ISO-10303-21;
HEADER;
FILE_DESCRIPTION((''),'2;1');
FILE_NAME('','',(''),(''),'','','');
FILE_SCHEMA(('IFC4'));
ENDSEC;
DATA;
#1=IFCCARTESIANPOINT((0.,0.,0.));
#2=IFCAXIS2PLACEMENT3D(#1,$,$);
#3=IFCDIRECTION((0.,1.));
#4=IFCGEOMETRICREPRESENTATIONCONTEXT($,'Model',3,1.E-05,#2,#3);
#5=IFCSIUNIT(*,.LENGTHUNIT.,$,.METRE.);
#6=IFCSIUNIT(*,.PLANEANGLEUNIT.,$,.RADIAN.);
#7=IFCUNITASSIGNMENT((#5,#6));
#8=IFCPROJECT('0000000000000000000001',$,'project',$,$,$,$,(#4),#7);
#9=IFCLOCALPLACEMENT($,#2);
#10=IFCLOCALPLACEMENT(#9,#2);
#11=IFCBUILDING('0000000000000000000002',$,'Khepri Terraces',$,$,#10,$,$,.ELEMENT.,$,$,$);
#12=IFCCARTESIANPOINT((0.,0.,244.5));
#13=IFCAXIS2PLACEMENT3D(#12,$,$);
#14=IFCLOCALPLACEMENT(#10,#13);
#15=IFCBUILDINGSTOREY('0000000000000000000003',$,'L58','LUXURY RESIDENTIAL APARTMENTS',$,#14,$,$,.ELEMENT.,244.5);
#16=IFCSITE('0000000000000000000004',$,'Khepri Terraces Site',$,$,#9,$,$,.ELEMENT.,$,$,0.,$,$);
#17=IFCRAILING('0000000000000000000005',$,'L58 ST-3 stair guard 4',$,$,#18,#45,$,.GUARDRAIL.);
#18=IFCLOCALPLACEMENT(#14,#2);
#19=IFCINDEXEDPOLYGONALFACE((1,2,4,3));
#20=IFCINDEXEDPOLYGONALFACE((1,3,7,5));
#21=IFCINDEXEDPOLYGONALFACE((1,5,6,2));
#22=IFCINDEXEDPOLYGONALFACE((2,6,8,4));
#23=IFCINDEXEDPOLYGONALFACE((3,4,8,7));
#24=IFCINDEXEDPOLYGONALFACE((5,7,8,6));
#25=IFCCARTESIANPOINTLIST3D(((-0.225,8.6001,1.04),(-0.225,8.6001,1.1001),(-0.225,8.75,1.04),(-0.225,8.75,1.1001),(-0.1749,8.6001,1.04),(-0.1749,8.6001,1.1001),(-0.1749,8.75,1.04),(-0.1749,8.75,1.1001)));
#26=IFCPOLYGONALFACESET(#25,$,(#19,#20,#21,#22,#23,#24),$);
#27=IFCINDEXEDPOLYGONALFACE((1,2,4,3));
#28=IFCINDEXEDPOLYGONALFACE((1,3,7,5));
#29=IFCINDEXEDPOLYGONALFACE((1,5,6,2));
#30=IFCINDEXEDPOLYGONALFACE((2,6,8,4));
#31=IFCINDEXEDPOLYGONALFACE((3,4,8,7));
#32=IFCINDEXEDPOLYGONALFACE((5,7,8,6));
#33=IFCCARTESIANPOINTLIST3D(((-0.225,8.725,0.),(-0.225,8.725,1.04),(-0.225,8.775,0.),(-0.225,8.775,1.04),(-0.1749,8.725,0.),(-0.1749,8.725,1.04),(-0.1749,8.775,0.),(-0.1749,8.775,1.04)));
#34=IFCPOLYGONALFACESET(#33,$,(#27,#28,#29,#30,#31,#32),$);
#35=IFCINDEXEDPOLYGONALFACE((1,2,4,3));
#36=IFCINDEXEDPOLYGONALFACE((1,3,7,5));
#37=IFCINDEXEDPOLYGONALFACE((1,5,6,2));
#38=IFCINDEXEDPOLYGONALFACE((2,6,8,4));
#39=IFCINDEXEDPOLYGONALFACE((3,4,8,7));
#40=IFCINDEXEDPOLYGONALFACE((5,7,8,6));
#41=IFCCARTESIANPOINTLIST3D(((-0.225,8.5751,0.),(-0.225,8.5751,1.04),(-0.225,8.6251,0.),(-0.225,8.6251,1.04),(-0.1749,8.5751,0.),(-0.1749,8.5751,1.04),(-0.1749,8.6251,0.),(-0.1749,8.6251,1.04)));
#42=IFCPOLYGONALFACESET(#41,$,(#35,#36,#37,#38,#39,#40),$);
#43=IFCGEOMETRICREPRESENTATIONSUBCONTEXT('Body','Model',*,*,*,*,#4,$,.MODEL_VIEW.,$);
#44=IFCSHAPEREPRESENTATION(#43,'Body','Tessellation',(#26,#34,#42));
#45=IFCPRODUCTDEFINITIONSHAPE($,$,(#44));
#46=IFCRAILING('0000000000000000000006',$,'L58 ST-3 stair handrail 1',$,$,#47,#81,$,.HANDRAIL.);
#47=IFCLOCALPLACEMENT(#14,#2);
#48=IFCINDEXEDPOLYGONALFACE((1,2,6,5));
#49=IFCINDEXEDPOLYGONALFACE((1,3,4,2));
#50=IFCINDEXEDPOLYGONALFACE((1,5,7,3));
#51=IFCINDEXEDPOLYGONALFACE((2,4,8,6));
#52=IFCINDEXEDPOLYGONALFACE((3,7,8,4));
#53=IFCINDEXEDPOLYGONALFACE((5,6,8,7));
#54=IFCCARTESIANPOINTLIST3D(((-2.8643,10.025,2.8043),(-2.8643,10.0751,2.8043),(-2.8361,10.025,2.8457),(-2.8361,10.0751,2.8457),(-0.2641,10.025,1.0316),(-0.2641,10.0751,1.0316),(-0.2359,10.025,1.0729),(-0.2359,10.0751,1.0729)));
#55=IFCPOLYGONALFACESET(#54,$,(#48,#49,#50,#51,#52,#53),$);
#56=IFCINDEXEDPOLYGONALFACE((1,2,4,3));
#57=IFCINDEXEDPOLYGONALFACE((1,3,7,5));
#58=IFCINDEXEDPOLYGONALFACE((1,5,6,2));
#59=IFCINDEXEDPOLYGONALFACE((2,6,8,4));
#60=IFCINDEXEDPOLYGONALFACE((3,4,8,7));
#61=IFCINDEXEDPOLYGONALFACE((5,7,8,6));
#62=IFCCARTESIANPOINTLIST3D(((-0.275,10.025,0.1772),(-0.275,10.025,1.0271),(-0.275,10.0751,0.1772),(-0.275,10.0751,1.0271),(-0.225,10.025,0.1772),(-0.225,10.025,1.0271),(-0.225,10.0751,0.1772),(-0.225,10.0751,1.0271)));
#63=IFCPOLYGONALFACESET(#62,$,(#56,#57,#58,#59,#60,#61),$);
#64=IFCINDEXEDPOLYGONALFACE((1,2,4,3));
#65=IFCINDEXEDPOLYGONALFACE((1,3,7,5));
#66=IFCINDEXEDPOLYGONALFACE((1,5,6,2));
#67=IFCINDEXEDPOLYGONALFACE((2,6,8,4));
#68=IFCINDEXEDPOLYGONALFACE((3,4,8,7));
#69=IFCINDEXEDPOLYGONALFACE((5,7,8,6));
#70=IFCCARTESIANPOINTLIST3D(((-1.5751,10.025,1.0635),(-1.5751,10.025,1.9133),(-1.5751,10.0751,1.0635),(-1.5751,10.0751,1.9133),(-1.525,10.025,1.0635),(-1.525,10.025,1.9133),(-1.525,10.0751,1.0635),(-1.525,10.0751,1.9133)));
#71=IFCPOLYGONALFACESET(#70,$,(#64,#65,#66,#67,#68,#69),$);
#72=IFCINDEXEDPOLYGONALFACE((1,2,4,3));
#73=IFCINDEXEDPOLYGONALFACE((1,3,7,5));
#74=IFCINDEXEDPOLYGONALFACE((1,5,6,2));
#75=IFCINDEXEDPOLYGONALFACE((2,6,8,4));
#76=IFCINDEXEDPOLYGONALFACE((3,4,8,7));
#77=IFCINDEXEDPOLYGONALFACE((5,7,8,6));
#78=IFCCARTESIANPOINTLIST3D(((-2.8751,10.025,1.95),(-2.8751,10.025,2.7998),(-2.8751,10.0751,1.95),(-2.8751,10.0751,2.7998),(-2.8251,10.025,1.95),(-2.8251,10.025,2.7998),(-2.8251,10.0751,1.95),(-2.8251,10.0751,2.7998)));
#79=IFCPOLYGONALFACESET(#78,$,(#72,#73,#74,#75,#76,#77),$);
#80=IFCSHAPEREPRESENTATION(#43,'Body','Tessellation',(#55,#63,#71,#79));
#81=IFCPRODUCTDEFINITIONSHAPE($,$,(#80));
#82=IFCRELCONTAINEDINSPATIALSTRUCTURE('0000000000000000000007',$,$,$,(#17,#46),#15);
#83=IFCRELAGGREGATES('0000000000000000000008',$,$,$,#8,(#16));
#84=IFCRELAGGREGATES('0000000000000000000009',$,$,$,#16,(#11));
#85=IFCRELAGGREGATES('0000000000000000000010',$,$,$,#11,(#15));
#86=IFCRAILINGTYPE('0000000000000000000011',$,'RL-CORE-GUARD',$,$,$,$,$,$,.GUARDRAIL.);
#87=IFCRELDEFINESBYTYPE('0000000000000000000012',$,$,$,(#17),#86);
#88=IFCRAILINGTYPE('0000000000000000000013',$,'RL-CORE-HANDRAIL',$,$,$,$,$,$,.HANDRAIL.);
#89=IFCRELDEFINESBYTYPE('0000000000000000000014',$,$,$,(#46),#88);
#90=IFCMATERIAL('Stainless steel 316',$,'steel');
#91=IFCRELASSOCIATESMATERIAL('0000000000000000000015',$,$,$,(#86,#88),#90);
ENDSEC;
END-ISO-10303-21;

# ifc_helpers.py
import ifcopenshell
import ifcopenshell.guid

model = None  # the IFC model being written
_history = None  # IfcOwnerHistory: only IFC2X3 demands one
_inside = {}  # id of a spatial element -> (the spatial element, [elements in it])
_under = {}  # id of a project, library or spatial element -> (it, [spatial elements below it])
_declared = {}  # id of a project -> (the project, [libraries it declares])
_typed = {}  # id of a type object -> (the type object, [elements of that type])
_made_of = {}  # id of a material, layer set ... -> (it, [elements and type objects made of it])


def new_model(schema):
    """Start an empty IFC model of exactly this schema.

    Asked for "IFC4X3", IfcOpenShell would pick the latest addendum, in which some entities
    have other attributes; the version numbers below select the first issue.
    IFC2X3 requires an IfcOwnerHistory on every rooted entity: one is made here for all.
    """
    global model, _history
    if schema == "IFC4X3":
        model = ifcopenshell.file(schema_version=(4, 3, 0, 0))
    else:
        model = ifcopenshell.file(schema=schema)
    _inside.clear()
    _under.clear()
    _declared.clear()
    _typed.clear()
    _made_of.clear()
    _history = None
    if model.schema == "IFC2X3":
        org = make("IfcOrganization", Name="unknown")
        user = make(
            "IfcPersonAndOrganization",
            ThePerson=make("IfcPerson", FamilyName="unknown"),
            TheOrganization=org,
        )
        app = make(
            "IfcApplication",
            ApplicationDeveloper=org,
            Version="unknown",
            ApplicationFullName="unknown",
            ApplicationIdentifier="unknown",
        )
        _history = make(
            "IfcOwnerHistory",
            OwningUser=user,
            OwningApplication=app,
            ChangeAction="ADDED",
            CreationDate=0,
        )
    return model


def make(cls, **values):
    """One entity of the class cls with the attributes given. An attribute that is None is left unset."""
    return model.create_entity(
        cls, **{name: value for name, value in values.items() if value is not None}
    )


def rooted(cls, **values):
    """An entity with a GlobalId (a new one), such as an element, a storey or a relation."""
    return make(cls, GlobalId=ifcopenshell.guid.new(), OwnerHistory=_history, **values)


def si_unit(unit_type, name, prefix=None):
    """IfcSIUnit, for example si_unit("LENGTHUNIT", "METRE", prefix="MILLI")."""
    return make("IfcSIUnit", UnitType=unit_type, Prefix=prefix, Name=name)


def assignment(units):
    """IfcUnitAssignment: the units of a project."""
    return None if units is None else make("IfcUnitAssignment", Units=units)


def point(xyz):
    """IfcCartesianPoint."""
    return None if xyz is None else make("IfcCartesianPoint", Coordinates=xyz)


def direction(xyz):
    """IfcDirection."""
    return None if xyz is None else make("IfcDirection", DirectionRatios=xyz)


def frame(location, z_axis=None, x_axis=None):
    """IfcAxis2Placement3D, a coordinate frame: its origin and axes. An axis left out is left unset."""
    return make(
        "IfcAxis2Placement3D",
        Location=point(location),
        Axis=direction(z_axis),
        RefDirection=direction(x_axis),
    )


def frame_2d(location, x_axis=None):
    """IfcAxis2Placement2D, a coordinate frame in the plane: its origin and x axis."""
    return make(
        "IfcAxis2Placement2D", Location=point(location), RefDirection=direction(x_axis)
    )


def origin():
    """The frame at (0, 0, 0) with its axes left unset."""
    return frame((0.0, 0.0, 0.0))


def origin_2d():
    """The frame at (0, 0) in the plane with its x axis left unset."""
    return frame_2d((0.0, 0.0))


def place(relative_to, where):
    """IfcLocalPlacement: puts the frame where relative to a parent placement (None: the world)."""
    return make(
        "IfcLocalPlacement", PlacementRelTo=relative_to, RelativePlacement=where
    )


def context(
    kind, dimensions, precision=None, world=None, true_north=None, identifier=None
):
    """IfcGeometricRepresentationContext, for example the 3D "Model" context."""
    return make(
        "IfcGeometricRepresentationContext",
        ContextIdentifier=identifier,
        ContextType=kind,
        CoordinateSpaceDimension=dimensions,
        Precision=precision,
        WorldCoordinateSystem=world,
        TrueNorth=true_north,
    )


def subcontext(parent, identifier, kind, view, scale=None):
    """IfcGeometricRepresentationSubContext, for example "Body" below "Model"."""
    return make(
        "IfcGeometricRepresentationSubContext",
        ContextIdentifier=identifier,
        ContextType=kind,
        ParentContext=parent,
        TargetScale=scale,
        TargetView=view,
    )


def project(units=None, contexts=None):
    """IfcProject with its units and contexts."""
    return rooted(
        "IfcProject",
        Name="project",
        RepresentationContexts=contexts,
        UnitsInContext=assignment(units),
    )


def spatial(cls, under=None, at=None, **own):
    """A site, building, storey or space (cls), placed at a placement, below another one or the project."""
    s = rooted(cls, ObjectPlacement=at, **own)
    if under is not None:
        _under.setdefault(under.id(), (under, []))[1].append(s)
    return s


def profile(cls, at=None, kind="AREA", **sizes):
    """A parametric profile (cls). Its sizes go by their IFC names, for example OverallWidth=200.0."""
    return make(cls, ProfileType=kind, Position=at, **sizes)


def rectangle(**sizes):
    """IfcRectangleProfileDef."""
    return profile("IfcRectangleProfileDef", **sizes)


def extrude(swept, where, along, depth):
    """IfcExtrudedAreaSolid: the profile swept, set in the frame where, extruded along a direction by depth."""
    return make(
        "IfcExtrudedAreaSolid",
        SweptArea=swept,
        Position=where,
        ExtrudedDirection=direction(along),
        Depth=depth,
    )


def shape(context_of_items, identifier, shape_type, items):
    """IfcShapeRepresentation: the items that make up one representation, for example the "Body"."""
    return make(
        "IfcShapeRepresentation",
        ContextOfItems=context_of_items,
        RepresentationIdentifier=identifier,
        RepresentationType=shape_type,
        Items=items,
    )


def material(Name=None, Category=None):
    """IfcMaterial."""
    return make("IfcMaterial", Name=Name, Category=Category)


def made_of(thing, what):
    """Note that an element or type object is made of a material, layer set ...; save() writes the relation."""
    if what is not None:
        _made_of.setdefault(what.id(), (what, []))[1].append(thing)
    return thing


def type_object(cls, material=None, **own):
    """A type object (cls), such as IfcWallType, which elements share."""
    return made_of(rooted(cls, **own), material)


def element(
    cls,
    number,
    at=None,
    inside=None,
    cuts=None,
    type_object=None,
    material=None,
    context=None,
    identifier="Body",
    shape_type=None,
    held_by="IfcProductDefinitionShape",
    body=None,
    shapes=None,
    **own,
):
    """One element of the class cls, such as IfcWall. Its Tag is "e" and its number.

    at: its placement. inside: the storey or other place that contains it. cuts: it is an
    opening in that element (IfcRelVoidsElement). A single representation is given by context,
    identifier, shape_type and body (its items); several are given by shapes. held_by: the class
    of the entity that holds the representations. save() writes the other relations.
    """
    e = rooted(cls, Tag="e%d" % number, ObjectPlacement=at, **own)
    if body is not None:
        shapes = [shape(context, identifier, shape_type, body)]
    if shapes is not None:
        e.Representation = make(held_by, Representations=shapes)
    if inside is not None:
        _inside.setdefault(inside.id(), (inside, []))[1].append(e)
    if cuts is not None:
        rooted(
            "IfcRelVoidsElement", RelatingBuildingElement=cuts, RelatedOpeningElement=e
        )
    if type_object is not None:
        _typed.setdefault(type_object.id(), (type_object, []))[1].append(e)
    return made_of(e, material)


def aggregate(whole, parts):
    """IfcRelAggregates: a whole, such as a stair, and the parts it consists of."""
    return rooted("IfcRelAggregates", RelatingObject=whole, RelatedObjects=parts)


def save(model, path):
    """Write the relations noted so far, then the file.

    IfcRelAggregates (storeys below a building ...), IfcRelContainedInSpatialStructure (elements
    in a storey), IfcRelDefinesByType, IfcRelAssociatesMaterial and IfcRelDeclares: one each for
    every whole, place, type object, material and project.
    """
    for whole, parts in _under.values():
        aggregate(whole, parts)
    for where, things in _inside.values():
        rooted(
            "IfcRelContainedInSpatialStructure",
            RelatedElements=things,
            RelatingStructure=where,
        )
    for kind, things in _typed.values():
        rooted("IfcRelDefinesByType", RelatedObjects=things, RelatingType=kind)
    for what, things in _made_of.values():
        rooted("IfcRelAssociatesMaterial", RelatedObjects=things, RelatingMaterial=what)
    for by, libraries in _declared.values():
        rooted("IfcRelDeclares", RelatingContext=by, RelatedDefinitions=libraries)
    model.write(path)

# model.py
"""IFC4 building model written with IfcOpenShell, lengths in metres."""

from ifc_helpers import new_model, si_unit, direction, frame, origin, origin_2d, place, context, subcontext, project, spatial, rectangle, extrude, material, type_object, element, save


model = new_model("IFC4")

# Units and contexts
model_context = context("Model", 3, precision=1e-05, world=origin(), true_north=direction((0.0, 1.0)))
body_context = subcontext(model_context, "Body", "Model", "MODEL_VIEW")
ifc_project = project(units=[si_unit("LENGTHUNIT", "METRE"), si_unit("PLANEANGLEUNIT", "RADIAN")], contexts=[model_context])

# Site, building, storey
site_placement = place(None, origin())
site = spatial("IfcSite", under=ifc_project, at=site_placement, Name="Khepri Terraces Site", CompositionType="ELEMENT", RefElevation=0.0)
building_placement = place(site_placement, origin())
building = spatial("IfcBuilding", under=site, at=building_placement, Name="Khepri Terraces", CompositionType="ELEMENT")
storey_placement = place(building_placement, frame((0.0, 0.0, 244.5)))
storey = spatial("IfcBuildingStorey", under=building, at=storey_placement, Name="L58", Description="LUXURY RESIDENTIAL APARTMENTS", CompositionType="ELEMENT", Elevation=244.5)

# Railings
ifc_material_1 = material(Name="Stainless steel 316", Category="steel")
railing_type_1 = type_object("IfcRailingType", Name="RL-CORE-GUARD", PredefinedType="GUARDRAIL", material=ifc_material_1)
railing_1_placement = place(storey_placement, frame((-0.2, 8.75, 0.0)))
element("IfcRailing", 1, at=railing_1_placement, inside=storey, type_object=railing_type_1, Name="L58 ST-3 stair guard 4", PredefinedType="GUARDRAIL", context=body_context, shape_type="SweptSolid", body=[
    extrude(rectangle(XDim=0.05, YDim=0.0601, at=origin_2d()), frame((0.0, 0.0, 1.0701), z_axis=(0.0, -1.0, 0.0), x_axis=(1.0, 0.0, 0.0)), (0.0, 0.0, 1.0), 0.1499),
    extrude(rectangle(XDim=0.05, YDim=0.05, at=origin_2d()), origin(), (0.0, 0.0, 1.0), 1.04),
    extrude(rectangle(XDim=0.05, YDim=0.05, at=origin_2d()), frame((0.0, -0.1499, 0.0)), (0.0, 0.0, 1.0), 1.04),
])
railing_type_2 = type_object("IfcRailingType", Name="RL-CORE-HANDRAIL", PredefinedType="HANDRAIL", material=ifc_material_1)
railing_2_placement = place(storey_placement, frame((-0.25, 10.05, 0.1772)))
element("IfcRailing", 2, at=railing_2_placement, inside=storey, type_object=railing_type_2, Name="L58 ST-3 stair handrail 1", PredefinedType="HANDRAIL", context=body_context, shape_type="SweptSolid", body=[
    extrude(rectangle(XDim=0.05, YDim=0.05, at=origin_2d()), frame((0.0, 0.0, 0.875), z_axis=(-0.82624, 0.0, 0.563318), x_axis=(0.0, -1.0, 0.0)), (0.0, 0.0, 1.0), 3.147),
    extrude(rectangle(XDim=0.05, YDim=0.05, at=origin_2d()), origin(), (0.0, 0.0, 1.0), 0.8499),
    extrude(rectangle(XDim=0.05, YDim=0.05, at=origin_2d()), frame((-1.3, 0.0, 0.8862)), (0.0, 0.0, 1.0), 0.8499),
    extrude(rectangle(XDim=0.05, YDim=0.05, at=origin_2d()), frame((-2.6001, 0.0, 1.7727)), (0.0, 0.0, 1.0), 0.8499),
])

save(model, "model.ifc")
